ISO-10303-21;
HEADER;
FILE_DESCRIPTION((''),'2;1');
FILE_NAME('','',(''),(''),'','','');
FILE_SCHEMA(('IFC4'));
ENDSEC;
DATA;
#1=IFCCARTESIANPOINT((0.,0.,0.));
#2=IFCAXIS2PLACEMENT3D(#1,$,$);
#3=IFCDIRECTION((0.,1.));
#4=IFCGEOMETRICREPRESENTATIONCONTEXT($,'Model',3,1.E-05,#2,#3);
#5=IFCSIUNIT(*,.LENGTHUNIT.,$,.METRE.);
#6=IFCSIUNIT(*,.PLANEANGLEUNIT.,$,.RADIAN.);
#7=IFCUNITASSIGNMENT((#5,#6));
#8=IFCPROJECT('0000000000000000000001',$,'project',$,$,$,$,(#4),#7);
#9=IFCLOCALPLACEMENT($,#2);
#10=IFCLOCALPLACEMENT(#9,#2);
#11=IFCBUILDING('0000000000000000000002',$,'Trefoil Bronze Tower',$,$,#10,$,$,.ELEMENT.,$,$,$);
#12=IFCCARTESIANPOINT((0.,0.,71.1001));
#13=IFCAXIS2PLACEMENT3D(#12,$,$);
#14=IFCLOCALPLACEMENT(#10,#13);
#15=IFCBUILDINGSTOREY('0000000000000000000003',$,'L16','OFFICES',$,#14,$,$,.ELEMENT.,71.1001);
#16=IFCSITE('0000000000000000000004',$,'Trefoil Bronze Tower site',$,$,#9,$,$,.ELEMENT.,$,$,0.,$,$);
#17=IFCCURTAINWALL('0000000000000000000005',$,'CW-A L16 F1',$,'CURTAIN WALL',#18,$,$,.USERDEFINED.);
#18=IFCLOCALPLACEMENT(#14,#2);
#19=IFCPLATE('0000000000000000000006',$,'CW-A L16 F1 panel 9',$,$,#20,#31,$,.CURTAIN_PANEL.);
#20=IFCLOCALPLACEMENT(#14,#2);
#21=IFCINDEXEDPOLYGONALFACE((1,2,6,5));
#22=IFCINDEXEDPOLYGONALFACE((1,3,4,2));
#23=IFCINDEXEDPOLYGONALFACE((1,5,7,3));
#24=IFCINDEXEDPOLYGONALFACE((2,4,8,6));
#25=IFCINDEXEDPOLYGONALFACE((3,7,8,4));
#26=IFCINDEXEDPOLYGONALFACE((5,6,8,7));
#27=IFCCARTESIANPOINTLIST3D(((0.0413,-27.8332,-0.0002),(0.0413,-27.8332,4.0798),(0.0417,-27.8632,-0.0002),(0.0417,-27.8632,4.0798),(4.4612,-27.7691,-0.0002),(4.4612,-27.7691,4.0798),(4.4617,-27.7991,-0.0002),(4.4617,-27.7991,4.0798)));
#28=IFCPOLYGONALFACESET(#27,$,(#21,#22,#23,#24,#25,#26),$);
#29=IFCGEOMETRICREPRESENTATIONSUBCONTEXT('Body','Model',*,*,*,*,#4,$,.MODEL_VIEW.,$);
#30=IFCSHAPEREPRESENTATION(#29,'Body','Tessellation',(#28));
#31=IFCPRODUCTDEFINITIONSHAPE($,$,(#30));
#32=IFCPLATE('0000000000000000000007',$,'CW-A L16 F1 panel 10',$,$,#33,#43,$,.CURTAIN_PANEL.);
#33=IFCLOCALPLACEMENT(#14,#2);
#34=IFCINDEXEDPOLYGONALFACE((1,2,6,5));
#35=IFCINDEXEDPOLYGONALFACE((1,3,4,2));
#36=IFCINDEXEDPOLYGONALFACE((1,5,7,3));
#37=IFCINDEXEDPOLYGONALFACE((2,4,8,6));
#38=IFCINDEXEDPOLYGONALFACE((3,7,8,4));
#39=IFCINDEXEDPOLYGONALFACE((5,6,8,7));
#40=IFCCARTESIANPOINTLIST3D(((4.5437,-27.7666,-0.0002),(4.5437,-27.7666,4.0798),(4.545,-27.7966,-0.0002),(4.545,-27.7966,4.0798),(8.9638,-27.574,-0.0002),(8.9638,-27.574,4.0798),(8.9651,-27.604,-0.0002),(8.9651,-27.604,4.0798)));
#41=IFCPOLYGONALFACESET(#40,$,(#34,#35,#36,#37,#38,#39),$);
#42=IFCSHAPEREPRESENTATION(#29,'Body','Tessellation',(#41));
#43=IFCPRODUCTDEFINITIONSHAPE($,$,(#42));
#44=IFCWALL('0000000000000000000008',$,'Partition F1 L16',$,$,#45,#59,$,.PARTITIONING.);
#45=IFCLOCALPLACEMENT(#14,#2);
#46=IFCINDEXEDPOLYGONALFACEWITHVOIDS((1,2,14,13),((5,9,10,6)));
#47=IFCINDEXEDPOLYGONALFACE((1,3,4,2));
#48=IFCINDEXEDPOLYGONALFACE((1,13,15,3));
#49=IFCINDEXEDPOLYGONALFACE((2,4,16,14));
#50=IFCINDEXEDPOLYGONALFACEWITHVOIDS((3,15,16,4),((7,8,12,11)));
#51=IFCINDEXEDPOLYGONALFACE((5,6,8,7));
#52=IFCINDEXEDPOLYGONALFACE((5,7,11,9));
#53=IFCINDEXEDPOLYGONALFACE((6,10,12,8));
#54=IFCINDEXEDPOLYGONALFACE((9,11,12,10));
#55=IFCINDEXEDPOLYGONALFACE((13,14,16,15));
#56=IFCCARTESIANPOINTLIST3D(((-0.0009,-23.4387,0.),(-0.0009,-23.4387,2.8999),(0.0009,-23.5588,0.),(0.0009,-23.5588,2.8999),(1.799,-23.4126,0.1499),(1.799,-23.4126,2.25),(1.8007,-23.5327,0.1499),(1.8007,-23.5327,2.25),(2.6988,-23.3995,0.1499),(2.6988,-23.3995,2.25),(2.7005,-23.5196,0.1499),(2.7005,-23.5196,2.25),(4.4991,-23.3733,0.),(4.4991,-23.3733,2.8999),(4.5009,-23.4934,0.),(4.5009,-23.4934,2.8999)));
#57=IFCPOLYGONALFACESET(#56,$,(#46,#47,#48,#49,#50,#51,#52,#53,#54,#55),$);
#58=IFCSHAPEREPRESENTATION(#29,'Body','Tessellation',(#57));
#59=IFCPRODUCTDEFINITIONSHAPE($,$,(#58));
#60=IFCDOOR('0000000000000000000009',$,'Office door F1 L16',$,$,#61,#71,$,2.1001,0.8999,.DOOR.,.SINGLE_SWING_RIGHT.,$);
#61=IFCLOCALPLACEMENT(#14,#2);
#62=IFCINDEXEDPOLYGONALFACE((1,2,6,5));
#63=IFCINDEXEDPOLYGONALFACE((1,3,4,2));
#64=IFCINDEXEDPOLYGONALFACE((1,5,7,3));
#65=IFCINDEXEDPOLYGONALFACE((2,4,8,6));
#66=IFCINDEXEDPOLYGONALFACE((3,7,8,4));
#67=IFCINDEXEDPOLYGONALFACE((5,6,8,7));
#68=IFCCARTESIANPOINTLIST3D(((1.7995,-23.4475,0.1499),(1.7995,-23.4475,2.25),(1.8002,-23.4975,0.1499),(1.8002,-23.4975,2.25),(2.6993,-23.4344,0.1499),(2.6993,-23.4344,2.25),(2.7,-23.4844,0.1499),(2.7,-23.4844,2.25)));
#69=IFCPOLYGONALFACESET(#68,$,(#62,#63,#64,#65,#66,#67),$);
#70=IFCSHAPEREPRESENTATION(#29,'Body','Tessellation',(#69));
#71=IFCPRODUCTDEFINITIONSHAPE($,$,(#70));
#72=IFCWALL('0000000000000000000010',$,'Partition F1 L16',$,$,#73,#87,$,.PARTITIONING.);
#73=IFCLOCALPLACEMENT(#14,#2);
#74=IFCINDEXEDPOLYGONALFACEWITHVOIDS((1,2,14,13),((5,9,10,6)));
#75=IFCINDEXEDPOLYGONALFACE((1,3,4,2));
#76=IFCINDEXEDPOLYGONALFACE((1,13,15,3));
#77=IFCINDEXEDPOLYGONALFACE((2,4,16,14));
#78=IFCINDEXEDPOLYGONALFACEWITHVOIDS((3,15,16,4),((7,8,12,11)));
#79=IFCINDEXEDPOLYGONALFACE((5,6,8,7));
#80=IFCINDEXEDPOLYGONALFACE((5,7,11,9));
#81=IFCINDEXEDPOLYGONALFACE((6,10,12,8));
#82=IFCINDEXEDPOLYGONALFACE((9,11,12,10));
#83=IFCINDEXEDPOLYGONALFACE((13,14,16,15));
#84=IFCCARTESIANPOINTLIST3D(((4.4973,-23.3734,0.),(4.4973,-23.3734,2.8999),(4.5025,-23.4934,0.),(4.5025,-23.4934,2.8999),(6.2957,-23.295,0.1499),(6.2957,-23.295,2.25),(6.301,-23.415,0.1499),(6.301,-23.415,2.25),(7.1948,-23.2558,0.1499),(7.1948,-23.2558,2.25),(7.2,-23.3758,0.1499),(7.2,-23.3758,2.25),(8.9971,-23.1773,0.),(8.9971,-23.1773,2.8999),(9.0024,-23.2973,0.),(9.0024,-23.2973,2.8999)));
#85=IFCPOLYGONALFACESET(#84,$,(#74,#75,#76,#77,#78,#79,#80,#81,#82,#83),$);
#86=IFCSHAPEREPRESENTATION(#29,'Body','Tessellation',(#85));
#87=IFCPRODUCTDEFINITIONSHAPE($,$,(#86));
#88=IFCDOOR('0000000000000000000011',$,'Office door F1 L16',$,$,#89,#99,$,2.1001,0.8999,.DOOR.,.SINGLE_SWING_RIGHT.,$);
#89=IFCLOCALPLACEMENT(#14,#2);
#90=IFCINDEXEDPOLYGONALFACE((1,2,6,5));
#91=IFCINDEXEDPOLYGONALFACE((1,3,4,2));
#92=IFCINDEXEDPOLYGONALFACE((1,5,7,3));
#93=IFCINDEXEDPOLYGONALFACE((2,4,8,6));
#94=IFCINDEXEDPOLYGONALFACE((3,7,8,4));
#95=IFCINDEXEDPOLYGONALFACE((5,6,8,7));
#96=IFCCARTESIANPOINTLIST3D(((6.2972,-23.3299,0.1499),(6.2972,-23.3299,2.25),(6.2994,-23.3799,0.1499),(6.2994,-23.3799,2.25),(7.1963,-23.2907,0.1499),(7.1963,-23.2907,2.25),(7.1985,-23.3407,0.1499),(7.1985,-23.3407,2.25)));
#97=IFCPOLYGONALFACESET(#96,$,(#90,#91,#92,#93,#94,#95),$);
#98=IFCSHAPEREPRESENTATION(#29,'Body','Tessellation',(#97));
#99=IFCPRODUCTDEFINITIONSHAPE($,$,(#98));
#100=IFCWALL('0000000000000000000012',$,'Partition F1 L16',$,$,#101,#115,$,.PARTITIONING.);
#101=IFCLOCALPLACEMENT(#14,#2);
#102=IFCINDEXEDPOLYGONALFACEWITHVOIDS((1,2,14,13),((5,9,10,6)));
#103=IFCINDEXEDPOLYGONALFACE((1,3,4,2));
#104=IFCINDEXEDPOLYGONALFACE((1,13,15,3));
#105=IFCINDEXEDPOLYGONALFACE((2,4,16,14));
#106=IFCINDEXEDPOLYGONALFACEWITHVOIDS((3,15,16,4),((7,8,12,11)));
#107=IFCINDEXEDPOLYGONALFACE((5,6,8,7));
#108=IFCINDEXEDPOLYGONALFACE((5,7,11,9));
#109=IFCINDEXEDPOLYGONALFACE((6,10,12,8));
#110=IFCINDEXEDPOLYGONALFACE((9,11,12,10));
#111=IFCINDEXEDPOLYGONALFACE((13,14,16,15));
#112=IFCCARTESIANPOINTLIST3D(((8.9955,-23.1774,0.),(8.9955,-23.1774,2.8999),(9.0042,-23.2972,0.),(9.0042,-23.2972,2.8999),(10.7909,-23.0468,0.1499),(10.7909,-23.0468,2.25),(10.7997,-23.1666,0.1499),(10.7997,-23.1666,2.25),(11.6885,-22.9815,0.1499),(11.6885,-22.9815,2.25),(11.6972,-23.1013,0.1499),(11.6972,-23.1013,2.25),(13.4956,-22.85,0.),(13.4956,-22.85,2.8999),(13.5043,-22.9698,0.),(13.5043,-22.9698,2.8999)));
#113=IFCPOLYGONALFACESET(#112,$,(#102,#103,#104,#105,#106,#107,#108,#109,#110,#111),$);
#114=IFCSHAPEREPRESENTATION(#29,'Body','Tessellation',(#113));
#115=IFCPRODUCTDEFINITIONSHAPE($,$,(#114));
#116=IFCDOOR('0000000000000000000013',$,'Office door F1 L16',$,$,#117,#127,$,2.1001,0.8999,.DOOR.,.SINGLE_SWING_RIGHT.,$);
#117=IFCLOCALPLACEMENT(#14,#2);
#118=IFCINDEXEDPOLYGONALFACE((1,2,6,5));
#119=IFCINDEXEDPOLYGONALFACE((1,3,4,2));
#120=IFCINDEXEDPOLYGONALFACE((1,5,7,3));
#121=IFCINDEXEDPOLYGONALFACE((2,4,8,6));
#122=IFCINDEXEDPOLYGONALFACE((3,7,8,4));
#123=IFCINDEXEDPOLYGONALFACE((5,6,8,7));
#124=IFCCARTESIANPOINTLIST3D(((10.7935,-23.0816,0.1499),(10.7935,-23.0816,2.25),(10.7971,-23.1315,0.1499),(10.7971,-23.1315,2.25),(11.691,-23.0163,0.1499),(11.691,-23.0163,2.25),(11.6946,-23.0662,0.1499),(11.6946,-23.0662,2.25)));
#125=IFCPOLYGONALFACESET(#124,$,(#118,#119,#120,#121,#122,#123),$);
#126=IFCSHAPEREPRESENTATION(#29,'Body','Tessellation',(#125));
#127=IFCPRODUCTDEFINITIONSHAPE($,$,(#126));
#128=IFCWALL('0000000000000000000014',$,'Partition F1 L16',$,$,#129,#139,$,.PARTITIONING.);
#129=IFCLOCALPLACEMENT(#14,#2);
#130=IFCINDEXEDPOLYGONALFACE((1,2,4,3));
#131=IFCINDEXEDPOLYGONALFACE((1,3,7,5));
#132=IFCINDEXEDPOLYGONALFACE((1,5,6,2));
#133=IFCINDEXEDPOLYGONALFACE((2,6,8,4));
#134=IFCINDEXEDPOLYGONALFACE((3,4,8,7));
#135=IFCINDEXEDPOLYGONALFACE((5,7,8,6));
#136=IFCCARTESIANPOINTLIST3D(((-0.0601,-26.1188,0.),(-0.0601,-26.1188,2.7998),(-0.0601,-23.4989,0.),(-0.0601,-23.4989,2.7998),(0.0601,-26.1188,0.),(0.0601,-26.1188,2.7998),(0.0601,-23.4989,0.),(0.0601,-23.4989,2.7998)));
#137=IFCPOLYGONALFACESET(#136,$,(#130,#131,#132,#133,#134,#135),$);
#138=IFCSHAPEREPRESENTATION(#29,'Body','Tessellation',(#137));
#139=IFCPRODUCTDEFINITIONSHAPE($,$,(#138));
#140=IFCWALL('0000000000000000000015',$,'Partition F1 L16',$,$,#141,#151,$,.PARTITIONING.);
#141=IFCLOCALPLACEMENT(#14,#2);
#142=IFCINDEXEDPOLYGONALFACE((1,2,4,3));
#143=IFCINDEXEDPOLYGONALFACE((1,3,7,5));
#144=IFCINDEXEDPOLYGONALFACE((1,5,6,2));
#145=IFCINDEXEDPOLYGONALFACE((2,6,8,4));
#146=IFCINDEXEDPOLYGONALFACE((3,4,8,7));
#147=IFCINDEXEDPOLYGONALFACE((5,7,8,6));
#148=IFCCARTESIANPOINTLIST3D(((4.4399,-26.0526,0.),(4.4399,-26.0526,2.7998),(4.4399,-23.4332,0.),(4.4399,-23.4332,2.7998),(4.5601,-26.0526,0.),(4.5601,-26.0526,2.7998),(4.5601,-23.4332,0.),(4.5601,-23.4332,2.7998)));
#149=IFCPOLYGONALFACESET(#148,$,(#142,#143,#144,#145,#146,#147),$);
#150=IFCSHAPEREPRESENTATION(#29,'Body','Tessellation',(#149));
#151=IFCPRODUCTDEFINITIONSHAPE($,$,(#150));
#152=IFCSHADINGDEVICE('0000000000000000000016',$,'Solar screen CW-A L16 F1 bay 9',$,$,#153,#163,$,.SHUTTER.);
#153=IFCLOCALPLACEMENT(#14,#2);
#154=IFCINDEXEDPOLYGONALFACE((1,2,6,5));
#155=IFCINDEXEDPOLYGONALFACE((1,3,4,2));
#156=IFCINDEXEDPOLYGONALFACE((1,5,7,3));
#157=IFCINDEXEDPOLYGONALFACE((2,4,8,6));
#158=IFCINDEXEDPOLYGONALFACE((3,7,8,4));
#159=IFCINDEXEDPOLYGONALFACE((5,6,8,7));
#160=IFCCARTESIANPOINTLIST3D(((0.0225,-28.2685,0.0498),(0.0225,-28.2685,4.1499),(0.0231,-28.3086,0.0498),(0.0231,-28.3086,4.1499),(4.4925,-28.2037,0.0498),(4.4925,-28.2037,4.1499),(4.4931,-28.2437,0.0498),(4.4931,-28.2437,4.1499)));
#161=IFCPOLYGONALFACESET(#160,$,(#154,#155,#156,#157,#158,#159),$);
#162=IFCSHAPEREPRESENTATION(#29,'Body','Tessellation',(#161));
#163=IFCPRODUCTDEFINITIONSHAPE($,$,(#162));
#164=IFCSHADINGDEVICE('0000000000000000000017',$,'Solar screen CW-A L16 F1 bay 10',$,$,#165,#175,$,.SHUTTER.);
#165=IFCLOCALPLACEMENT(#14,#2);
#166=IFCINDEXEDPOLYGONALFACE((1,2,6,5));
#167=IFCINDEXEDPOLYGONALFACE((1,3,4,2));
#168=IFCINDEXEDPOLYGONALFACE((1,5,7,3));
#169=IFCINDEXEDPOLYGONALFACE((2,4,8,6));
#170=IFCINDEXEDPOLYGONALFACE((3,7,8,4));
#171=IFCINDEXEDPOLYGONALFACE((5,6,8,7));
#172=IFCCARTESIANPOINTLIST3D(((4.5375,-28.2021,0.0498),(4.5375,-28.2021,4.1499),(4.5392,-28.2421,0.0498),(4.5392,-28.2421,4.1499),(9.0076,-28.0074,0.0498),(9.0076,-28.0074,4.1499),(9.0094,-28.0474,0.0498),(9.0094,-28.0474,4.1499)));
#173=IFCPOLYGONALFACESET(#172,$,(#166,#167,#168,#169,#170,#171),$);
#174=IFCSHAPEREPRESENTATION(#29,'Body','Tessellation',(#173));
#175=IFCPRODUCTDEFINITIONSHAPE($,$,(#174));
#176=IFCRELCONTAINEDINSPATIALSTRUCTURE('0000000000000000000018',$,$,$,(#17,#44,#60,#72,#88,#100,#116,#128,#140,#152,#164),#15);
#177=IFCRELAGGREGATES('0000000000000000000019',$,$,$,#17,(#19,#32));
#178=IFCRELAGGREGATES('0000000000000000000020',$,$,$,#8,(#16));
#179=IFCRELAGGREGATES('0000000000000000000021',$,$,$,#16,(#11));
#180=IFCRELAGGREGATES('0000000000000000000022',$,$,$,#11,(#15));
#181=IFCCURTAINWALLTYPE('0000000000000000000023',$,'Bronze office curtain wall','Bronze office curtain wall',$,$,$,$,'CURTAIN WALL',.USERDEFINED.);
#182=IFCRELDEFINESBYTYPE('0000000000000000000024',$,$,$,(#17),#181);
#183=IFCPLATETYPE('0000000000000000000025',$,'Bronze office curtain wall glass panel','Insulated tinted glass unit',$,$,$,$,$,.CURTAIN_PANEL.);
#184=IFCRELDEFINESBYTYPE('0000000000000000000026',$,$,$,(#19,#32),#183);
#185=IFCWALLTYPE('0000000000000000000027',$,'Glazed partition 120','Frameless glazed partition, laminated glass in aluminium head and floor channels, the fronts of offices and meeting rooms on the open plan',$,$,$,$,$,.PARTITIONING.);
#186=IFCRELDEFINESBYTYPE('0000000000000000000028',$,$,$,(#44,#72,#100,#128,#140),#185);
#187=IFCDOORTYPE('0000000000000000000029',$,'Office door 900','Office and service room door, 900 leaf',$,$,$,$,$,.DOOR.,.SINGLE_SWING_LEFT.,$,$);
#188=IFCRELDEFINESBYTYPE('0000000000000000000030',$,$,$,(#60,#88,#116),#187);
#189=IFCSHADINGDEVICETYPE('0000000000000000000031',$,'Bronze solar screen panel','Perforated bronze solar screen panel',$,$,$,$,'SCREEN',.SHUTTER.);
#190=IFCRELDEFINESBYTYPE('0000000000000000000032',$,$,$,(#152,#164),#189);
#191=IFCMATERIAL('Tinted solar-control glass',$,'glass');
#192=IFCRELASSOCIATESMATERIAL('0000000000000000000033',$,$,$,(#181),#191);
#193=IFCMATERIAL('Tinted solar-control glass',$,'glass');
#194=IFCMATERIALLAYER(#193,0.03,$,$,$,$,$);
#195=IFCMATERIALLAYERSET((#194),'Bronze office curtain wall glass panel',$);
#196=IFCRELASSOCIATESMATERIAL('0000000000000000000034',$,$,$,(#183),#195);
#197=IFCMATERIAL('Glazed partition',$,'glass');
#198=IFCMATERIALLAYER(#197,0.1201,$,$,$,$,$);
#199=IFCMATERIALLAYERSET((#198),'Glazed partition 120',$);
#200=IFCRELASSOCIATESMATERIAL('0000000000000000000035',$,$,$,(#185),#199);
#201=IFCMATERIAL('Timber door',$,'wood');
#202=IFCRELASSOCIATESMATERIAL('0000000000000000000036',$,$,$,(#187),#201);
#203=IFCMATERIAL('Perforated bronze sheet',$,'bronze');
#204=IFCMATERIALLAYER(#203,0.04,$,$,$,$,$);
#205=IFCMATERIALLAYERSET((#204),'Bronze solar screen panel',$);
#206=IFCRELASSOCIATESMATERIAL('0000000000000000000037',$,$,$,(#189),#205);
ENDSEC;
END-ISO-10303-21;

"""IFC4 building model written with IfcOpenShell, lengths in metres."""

from ifc_helpers import new_model, si_unit, direction, frame, frame_2d, origin, origin_2d, place, context, subcontext, project, spatial, rectangle, extrude, material, layer, layer_set, type_object, element, fill, aggregate, save


model = new_model("IFC4")

# Units and contexts
model_context = context("Model", 3, precision=1e-05, world=origin(), true_north=direction((0.0, 1.0)))
body_context = subcontext(model_context, "Body", "Model", "MODEL_VIEW")
ifc_project = project(units=[si_unit("LENGTHUNIT", "METRE"), si_unit("PLANEANGLEUNIT", "RADIAN")], contexts=[model_context])

# Site, building, storey
site_placement = place(None, origin())
site = spatial("IfcSite", under=ifc_project, at=site_placement, Name="Trefoil Bronze Tower site", CompositionType="ELEMENT", RefElevation=0.0)
building_placement = place(site_placement, origin())
building = spatial("IfcBuilding", under=site, at=building_placement, Name="Trefoil Bronze Tower", CompositionType="ELEMENT")
storey_placement = place(building_placement, frame((0.0, 0.0, 71.1001)))
storey = spatial("IfcBuildingStorey", under=building, at=storey_placement, Name="L16", Description="OFFICES", CompositionType="ELEMENT", Elevation=71.1001)

# Curtain wall
ifc_material_1 = material(Name="Tinted solar-control glass", Category="glass")
curtain_wall_type = type_object("IfcCurtainWallType", Name="Bronze office curtain wall", Description="Bronze office curtain wall", ElementType="CURTAIN WALL", PredefinedType="USERDEFINED", material=ifc_material_1)
curtain_wall_placement = place(storey_placement, origin())
curtain_wall = element("IfcCurtainWall", 1, at=curtain_wall_placement, inside=storey, type_object=curtain_wall_type, Name="CW-A L16 F1", ObjectType="CURTAIN WALL", PredefinedType="USERDEFINED")

# Plates
ifc_material_2 = material(Name="Tinted solar-control glass", Category="glass")
ifc_layer_1 = layer(ifc_material_2, 0.03)
ifc_layer_set_1 = layer_set([ifc_layer_1], Name="Bronze office curtain wall glass panel")
plate_type = type_object("IfcPlateType", Name="Bronze office curtain wall glass panel", Description="Insulated tinted glass unit", PredefinedType="CURTAIN_PANEL", material=ifc_layer_set_1)
plate_1_placement = place(storey_placement, frame((2.2515, -27.8162, -0.0002), z_axis=(0.0, 0.0, 1.0), x_axis=(0.999895, 0.014509, 0.0)))
plate_1 = element("IfcPlate", 2, at=plate_1_placement, type_object=plate_type, Name="CW-A L16 F1 panel 9", PredefinedType="CURTAIN_PANEL", context=body_context, shape_type="SweptSolid", body=[
    extrude(rectangle(XDim=4.4204, YDim=0.03, at=origin_2d()), origin(), (0.0, 0.0, 1.0), 4.0801),
])
plate_2_placement = place(storey_placement, frame((6.7544, -27.6853, -0.0002), z_axis=(0.0, 0.0, 1.0), x_axis=(0.999052, 0.043528, 0.0)))
plate_2 = element("IfcPlate", 3, at=plate_2_placement, type_object=plate_type, Name="CW-A L16 F1 panel 10", PredefinedType="CURTAIN_PANEL", context=body_context, shape_type="SweptSolid", body=[
    extrude(rectangle(XDim=4.4243, YDim=0.03, at=origin_2d()), origin(), (0.0, 0.0, 1.0), 4.0801),
])
aggregate(curtain_wall, [plate_1, plate_2])

# Walls, openings, doors
ifc_material_3 = material(Name="Glazed partition", Category="glass")
ifc_layer_2 = layer(ifc_material_3, 0.1201)
ifc_layer_set_2 = layer_set([ifc_layer_2], Name="Glazed partition 120")
wall_type = type_object("IfcWallType", Name="Glazed partition 120", Description="Frameless glazed partition, laminated glass in aluminium head and floor channels, the fronts of offices and meeting rooms on the open plan", PredefinedType="PARTITIONING", material=ifc_layer_set_2)
wall_1_placement = place(storey_placement, frame((0.0, -23.4988, 0.0), z_axis=(0.0, 0.0, 1.0), x_axis=(0.999894, 0.014538, 0.0)))
wall_1 = element("IfcWall", 4, at=wall_1_placement, inside=storey, type_object=wall_type, Name="Partition F1 L16", PredefinedType="PARTITIONING", context=body_context, shape_type="SweptSolid", body=[
    extrude(rectangle(XDim=4.5005, YDim=0.1201, at=frame_2d((2.2502, 0.0))), origin(), (0.0, 0.0, 1.0), 2.8999),
])
opening_1_placement = place(wall_1_placement, frame((1.8, 0.0, 0.1499)))
opening_1 = element("IfcOpeningElement", 5, at=opening_1_placement, cuts=wall_1, PredefinedType="OPENING", context=body_context, shape_type="SweptSolid", body=[
    extrude(rectangle(XDim=0.8999, YDim=2.1001, at=frame_2d((0.45, 1.05))), frame((0.0, 0.0701, 0.0), z_axis=(0.0, -1.0, 0.0), x_axis=(1.0, 0.0, 0.0)), (0.0, 0.0, 1.0), 0.1401),
])
ifc_material_4 = material(Name="Timber door", Category="wood")
door_type = type_object("IfcDoorType", Name="Office door 900", Description="Office and service room door, 900 leaf", OperationType="SINGLE_SWING_LEFT", PredefinedType="DOOR", material=ifc_material_4)
door_1_placement = place(opening_1_placement, frame((0.8999, 0.0, 0.0), z_axis=(0.0, 0.0, 1.0), x_axis=(-1.0, 0.0, 0.0)))
door_1 = element("IfcDoor", 6, at=door_1_placement, inside=storey, type_object=door_type, Name="Office door F1 L16", OperationType="SINGLE_SWING_RIGHT", OverallHeight=2.1001, OverallWidth=0.8999, PredefinedType="DOOR", context=body_context, shape_type="SweptSolid", body=[
    extrude(rectangle(XDim=0.8999, YDim=2.1001, at=frame_2d((0.45, 1.05))), frame((0.0, 0.0249, 0.0), z_axis=(0.0, -1.0, 0.0), x_axis=(1.0, 0.0, 0.0)), (0.0, 0.0, 1.0), 0.05),
])
fill(opening_1, door_1)
wall_2_placement = place(storey_placement, frame((4.5, -23.4333, 0.0), z_axis=(0.0, 0.0, 1.0), x_axis=(0.999052, 0.043524, 0.0)))
wall_2 = element("IfcWall", 7, at=wall_2_placement, inside=storey, type_object=wall_type, Name="Partition F1 L16", PredefinedType="PARTITIONING", context=body_context, shape_type="SweptSolid", body=[
    extrude(rectangle(XDim=4.5042, YDim=0.1201, at=frame_2d((2.252, 0.0))), origin(), (0.0, 0.0, 1.0), 2.8999),
])
opening_2_placement = place(wall_2_placement, frame((1.8, 0.0, 0.1499)))
opening_2 = element("IfcOpeningElement", 8, at=opening_2_placement, cuts=wall_2, PredefinedType="OPENING", context=body_context, shape_type="SweptSolid", body=[
    extrude(rectangle(XDim=0.8999, YDim=2.1001, at=frame_2d((0.45, 1.05))), frame((0.0, 0.0701, 0.0), z_axis=(0.0, -1.0, 0.0), x_axis=(1.0, 0.0, 0.0)), (0.0, 0.0, 1.0), 0.1401),
])
door_2_placement = place(opening_2_placement, frame((0.8999, 0.0, 0.0), z_axis=(0.0, 0.0, 1.0), x_axis=(-1.0, 0.0, 0.0)))
door_2 = element("IfcDoor", 9, at=door_2_placement, inside=storey, type_object=door_type, Name="Office door F1 L16", OperationType="SINGLE_SWING_RIGHT", OverallHeight=2.1001, OverallWidth=0.8999, PredefinedType="DOOR", context=body_context, shape_type="SweptSolid", body=[
    extrude(rectangle(XDim=0.8999, YDim=2.1001, at=frame_2d((0.45, 1.05))), frame((0.0, 0.0249, 0.0), z_axis=(0.0, -1.0, 0.0), x_axis=(1.0, 0.0, 0.0)), (0.0, 0.0, 1.0), 0.05),
])
fill(opening_2, door_2)
wall_3_placement = place(storey_placement, frame((9.0, -23.2373, 0.0), z_axis=(0.0, 0.0, 1.0), x_axis=(0.997364, 0.072562, 0.0)))
wall_3 = element("IfcWall", 10, at=wall_3_placement, inside=storey, type_object=wall_type, Name="Partition F1 L16", PredefinedType="PARTITIONING", context=body_context, shape_type="SweptSolid", body=[
    extrude(rectangle(XDim=4.512, YDim=0.1201, at=frame_2d((2.2559, 0.0))), origin(), (0.0, 0.0, 1.0), 2.8999),
])
opening_3_placement = place(wall_3_placement, frame((1.8, 0.0, 0.1499)))
opening_3 = element("IfcOpeningElement", 11, at=opening_3_placement, cuts=wall_3, PredefinedType="OPENING", context=body_context, shape_type="SweptSolid", body=[
    extrude(rectangle(XDim=0.8999, YDim=2.1001, at=frame_2d((0.45, 1.05))), frame((0.0, 0.0701, 0.0), z_axis=(0.0, -1.0, 0.0), x_axis=(1.0, 0.0, 0.0)), (0.0, 0.0, 1.0), 0.1401),
])
door_3_placement = place(opening_3_placement, frame((0.8999, 0.0, 0.0), z_axis=(0.0, 0.0, 1.0), x_axis=(-1.0, 0.0, 0.0)))
door_3 = element("IfcDoor", 12, at=door_3_placement, inside=storey, type_object=door_type, Name="Office door F1 L16", OperationType="SINGLE_SWING_RIGHT", OverallHeight=2.1001, OverallWidth=0.8999, PredefinedType="DOOR", context=body_context, shape_type="SweptSolid", body=[
    extrude(rectangle(XDim=0.8999, YDim=2.1001, at=frame_2d((0.45, 1.05))), frame((0.0, 0.0249, 0.0), z_axis=(0.0, -1.0, 0.0), x_axis=(1.0, 0.0, 0.0)), (0.0, 0.0, 1.0), 0.05),
])
fill(opening_3, door_3)

# Walls
wall_4_placement = place(storey_placement, frame((0.0, -23.4988, 0.0), z_axis=(0.0, 0.0, 1.0), x_axis=(0.0, -1.0, 0.0)))
element("IfcWall", 13, at=wall_4_placement, inside=storey, type_object=wall_type, Name="Partition F1 L16", PredefinedType="PARTITIONING", context=body_context, shape_type="SweptSolid", body=[
    extrude(rectangle(XDim=2.6199, YDim=0.1201, at=frame_2d((1.3101, 0.0))), origin(), (0.0, 0.0, 1.0), 2.7998),
])
wall_5_placement = place(storey_placement, frame((4.5, -23.4333, 0.0), z_axis=(0.0, 0.0, 1.0), x_axis=(0.0, -1.0, 0.0)))
element("IfcWall", 14, at=wall_5_placement, inside=storey, type_object=wall_type, Name="Partition F1 L16", PredefinedType="PARTITIONING", context=body_context, shape_type="SweptSolid", body=[
    extrude(rectangle(XDim=2.6194, YDim=0.1201, at=frame_2d((1.3096, 0.0))), origin(), (0.0, 0.0, 1.0), 2.7998),
])

# Shading devices
ifc_material_5 = material(Name="Perforated bronze sheet", Category="bronze")
ifc_layer_3 = layer(ifc_material_5, 0.04)
ifc_layer_set_3 = layer_set([ifc_layer_3], Name="Bronze solar screen panel")
shading_device_type = type_object("IfcShadingDeviceType", Name="Bronze solar screen panel", Description="Perforated bronze solar screen panel", ElementType="SCREEN", PredefinedType="SHUTTER", material=ifc_layer_set_3)
shading_device_1_placement = place(storey_placement, frame((2.2578, -28.2561, 0.0498), z_axis=(0.0, 0.0, 1.0), x_axis=(0.999895, 0.014509, 0.0)))
element("IfcShadingDevice", 15, at=shading_device_1_placement, inside=storey, type_object=shading_device_type, Name="Solar screen CW-A L16 F1 bay 9", PredefinedType="SHUTTER", context=body_context, shape_type="SweptSolid", body=[
    extrude(rectangle(XDim=4.4705, YDim=0.04, at=origin_2d()), origin(), (0.0, 0.0, 1.0), 4.1001),
])
shading_device_2_placement = place(storey_placement, frame((6.7734, -28.1248, 0.0498), z_axis=(0.0, 0.0, 1.0), x_axis=(0.999052, 0.043528, 0.0)))
element("IfcShadingDevice", 16, at=shading_device_2_placement, inside=storey, type_object=shading_device_type, Name="Solar screen CW-A L16 F1 bay 10", PredefinedType="SHUTTER", context=body_context, shape_type="SweptSolid", body=[
    extrude(rectangle(XDim=4.4744, YDim=0.04, at=origin_2d()), origin(), (0.0, 0.0, 1.0), 4.1001),
])

save(model, "model.ifc")
